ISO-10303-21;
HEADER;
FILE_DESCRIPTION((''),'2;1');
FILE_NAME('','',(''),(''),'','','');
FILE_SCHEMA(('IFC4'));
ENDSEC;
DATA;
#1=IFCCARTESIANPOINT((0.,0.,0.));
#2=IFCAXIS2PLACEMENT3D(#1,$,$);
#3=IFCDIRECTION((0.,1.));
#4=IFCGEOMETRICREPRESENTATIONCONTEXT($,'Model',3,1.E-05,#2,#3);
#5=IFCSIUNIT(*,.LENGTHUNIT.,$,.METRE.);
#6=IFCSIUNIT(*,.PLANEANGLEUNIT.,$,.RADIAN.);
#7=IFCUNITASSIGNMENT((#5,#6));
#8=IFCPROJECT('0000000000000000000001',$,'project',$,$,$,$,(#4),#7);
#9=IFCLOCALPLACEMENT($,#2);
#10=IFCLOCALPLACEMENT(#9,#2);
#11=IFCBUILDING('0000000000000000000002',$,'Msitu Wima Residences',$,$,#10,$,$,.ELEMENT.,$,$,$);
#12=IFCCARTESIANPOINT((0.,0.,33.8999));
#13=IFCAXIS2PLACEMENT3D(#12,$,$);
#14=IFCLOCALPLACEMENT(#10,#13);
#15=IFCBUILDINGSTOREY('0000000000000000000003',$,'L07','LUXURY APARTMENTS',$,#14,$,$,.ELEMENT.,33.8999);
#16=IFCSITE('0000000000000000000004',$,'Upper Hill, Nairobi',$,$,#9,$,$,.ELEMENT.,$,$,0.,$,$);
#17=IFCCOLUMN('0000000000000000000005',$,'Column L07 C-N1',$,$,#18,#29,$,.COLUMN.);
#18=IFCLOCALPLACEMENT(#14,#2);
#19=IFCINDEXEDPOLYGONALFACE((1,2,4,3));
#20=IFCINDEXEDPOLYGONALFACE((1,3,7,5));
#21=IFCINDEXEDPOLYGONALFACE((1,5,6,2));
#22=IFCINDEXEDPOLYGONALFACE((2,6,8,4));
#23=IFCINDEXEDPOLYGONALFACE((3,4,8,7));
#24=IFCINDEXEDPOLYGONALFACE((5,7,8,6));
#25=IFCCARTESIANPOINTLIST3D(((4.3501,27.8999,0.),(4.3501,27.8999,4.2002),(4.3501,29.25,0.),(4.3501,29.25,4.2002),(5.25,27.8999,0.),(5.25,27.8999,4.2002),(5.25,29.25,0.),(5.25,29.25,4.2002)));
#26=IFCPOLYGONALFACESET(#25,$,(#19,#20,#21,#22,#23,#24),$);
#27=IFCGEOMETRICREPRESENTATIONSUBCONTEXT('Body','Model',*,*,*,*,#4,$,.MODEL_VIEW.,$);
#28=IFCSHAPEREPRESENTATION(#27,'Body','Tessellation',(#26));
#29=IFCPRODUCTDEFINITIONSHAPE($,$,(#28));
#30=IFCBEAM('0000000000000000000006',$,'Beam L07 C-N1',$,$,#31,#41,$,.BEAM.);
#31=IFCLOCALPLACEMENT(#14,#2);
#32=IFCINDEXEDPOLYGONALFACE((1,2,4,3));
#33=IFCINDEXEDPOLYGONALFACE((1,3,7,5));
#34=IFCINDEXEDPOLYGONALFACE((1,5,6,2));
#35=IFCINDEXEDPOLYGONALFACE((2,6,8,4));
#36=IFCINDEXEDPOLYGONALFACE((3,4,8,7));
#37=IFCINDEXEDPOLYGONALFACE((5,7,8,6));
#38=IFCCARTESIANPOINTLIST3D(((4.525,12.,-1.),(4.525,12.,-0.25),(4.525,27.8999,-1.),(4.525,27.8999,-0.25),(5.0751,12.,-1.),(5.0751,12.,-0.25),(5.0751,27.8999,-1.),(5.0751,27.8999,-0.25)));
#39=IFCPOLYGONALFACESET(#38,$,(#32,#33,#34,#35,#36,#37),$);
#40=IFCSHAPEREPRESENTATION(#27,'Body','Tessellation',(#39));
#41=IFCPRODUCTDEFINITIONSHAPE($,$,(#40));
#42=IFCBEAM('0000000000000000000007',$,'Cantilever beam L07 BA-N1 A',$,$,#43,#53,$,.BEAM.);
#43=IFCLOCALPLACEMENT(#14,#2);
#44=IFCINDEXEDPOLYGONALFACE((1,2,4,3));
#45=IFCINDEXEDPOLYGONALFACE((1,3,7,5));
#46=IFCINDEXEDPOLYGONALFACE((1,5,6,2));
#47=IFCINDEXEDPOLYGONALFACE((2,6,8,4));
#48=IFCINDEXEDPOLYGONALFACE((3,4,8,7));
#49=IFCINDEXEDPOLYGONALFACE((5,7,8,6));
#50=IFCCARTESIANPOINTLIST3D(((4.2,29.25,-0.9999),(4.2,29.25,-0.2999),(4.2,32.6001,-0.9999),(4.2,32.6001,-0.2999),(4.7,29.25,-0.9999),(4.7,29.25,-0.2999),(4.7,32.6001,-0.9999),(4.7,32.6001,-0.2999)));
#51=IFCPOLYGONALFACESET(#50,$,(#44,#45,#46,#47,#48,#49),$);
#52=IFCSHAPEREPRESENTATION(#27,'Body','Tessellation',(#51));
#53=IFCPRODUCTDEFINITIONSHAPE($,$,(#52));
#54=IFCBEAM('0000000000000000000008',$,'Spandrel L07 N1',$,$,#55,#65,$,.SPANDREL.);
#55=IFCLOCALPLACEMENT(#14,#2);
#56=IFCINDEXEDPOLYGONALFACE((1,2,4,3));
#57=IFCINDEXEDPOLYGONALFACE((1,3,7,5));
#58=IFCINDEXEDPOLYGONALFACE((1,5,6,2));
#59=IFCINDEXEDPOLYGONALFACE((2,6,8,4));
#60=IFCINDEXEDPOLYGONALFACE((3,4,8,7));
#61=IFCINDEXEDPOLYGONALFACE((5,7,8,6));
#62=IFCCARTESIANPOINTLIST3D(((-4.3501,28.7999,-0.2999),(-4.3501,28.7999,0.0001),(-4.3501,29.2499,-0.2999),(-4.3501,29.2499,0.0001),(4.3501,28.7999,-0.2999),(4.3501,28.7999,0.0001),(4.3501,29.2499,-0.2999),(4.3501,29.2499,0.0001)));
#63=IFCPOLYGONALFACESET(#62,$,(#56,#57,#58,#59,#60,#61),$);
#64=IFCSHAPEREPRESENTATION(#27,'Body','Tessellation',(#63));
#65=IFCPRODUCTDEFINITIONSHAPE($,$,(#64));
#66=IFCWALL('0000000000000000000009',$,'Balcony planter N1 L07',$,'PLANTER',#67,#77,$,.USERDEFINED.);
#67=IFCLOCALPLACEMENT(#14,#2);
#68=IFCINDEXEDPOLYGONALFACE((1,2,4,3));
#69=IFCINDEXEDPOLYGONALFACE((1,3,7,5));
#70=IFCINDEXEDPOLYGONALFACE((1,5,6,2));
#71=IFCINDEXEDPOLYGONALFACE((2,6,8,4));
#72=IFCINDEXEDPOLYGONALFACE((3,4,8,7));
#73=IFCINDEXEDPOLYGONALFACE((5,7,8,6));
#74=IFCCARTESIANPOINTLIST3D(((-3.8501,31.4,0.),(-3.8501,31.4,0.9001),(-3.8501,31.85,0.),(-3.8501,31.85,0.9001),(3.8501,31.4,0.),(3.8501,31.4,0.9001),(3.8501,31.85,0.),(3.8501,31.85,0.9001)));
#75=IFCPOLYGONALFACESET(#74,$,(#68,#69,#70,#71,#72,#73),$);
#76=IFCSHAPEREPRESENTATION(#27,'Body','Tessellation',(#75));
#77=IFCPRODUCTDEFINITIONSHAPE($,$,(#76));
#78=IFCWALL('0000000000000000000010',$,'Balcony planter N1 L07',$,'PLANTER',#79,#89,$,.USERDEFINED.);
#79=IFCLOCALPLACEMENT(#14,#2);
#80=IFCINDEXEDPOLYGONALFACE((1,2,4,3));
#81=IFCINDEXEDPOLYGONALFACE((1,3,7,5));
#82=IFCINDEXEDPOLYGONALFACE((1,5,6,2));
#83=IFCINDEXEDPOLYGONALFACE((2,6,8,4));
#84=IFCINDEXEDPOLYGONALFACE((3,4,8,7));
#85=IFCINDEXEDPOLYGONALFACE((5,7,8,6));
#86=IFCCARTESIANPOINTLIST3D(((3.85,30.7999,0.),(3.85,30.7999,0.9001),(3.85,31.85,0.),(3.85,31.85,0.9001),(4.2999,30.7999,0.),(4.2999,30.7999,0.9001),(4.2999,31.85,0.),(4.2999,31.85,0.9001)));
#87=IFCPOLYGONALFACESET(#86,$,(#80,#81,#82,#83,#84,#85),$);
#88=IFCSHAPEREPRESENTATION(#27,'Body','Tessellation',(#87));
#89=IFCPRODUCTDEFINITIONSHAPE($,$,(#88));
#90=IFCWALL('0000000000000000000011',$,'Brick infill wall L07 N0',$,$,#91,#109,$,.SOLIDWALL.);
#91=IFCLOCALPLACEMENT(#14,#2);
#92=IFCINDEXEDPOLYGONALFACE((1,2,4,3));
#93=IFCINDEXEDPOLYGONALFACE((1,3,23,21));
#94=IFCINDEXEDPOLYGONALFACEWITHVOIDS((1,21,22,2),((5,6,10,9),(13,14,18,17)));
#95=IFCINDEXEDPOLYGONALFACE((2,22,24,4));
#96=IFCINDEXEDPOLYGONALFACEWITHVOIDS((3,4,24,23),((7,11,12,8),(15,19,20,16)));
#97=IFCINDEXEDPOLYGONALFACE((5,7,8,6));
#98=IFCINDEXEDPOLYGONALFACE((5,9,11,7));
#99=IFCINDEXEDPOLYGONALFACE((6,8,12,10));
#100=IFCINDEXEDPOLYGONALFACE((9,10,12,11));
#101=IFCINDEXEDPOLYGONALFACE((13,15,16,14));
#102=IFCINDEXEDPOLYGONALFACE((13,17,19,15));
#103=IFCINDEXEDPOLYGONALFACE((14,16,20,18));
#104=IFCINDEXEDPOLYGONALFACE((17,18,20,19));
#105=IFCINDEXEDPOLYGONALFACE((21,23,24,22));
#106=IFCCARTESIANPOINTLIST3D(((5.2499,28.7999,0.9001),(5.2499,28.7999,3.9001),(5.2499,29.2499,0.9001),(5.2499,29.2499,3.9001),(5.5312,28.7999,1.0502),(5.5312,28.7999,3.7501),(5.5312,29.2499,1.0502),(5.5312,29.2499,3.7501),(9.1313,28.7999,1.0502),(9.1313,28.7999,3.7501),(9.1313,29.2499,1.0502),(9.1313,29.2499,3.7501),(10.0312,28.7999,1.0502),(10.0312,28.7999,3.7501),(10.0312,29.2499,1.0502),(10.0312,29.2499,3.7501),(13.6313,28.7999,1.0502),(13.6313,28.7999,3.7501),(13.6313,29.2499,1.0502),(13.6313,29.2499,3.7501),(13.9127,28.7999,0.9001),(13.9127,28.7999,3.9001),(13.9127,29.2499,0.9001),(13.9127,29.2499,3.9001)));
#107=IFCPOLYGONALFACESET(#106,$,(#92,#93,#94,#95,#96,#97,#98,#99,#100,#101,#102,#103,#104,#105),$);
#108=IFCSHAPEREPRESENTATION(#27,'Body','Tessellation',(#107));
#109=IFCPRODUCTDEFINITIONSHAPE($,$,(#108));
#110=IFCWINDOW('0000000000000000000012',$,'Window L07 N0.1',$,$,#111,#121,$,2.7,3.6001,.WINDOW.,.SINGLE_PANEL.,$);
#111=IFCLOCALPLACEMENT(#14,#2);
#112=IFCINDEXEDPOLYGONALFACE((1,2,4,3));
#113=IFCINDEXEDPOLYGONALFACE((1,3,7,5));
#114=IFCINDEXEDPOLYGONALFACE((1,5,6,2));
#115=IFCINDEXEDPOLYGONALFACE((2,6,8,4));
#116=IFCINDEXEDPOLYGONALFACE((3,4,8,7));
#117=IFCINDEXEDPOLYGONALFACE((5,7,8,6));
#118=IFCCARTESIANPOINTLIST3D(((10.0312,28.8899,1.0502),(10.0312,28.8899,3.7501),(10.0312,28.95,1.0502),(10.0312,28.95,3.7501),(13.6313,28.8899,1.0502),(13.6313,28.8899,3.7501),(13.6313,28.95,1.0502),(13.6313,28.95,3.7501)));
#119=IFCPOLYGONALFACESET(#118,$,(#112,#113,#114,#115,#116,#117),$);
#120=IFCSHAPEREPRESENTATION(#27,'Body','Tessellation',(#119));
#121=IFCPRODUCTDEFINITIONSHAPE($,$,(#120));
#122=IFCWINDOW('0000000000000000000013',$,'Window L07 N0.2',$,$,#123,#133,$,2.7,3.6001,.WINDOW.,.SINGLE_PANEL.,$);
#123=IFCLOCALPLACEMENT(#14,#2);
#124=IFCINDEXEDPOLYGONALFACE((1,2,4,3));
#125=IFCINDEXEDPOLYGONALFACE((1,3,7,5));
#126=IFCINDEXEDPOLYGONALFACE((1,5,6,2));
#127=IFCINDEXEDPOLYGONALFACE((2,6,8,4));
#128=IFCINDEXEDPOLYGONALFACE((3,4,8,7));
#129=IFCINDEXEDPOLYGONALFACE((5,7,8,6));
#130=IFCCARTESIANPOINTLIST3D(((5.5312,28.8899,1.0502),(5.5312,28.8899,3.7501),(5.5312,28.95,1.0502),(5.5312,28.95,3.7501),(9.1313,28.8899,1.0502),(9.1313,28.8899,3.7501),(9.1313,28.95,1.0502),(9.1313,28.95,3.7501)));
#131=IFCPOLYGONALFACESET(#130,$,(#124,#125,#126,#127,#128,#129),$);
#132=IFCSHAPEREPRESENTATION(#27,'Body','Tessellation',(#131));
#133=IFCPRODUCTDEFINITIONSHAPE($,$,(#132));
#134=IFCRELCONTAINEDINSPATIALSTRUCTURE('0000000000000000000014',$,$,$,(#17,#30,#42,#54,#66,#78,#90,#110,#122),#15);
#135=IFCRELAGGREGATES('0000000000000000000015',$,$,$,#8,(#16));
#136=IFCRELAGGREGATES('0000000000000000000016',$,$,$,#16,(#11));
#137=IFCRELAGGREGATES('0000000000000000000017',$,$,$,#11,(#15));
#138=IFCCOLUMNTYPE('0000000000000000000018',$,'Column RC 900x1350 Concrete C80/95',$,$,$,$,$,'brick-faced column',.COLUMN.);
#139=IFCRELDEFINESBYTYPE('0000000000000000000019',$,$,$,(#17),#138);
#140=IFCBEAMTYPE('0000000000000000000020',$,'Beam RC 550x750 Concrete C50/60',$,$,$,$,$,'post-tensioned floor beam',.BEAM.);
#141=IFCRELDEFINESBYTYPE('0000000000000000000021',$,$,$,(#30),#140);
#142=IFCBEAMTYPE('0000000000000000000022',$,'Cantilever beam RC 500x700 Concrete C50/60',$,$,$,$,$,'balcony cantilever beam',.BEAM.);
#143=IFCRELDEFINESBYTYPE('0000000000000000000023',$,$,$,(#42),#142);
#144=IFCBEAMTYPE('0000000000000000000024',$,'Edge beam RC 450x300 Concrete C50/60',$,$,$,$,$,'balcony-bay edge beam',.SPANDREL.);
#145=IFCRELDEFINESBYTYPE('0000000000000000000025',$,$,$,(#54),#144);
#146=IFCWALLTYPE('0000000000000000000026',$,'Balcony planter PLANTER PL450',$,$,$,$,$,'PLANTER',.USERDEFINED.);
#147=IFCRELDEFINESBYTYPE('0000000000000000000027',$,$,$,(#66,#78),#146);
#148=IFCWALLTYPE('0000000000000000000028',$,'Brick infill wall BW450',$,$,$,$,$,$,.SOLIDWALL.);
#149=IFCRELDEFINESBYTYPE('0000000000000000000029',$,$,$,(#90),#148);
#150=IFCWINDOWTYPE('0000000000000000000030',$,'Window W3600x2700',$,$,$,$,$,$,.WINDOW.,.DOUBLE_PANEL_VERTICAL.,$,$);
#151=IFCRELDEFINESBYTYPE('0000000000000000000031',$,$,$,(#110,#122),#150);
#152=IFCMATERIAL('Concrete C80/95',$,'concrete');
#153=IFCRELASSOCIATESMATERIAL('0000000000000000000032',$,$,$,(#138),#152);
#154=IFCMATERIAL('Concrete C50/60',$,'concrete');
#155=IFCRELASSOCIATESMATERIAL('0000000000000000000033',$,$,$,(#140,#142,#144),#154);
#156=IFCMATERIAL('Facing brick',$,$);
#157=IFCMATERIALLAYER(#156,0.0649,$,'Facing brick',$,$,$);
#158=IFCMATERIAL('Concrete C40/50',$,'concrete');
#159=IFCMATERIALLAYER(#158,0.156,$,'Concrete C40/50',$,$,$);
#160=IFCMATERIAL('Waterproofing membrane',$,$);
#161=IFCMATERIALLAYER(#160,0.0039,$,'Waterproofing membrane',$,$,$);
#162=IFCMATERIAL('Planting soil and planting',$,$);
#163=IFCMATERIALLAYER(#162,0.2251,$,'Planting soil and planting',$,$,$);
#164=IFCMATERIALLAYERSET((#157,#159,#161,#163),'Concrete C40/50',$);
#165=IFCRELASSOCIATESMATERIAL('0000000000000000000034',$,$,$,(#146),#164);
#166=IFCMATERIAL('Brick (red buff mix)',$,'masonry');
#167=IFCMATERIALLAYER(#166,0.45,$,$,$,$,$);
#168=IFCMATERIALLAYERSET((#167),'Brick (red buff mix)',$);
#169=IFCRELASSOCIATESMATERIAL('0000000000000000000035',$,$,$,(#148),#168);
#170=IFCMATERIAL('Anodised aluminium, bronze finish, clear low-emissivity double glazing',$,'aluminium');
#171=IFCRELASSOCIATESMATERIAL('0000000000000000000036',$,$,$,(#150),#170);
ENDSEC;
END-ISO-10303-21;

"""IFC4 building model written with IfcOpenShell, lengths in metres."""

from ifc_helpers import new_model, si_unit, direction, frame, frame_2d, origin, origin_2d, place, context, subcontext, project, spatial, rectangle, extrude, material, layer, layer_set, material_profile, profile_set, type_object, element, fill, save


model = new_model("IFC4")

# Units and contexts
model_context = context("Model", 3, precision=1e-05, world=origin(), true_north=direction((0.0, 1.0)))
body_context = subcontext(model_context, "Body", "Model", "MODEL_VIEW")
ifc_project = project(units=[si_unit("LENGTHUNIT", "METRE"), si_unit("PLANEANGLEUNIT", "RADIAN")], contexts=[model_context])

# Site, building, storey
site_placement = place(None, origin())
site = spatial("IfcSite", under=ifc_project, at=site_placement, Name="Upper Hill, Nairobi", CompositionType="ELEMENT", RefElevation=0.0)
building_placement = place(site_placement, origin())
building = spatial("IfcBuilding", under=site, at=building_placement, Name="Msitu Wima Residences", CompositionType="ELEMENT")
storey_placement = place(building_placement, frame((0.0, 0.0, 33.8999)))
storey = spatial("IfcBuildingStorey", under=building, at=storey_placement, Name="L07", Description="LUXURY APARTMENTS", CompositionType="ELEMENT", Elevation=33.8999)

# Column
ifc_material_1 = material(Name="Concrete C80/95", Category="concrete")
ifc_material_profile_1 = material_profile(ifc_material_1, rectangle(XDim=0.8999, YDim=1.3501, at=origin_2d()), Name="RC 900x1350")
ifc_profile_set_1 = profile_set([ifc_material_profile_1], Name="Concrete C80/95")
column_type = type_object("IfcColumnType", Name="Column RC 900x1350 Concrete C80/95", ElementType="brick-faced column", PredefinedType="COLUMN", material=ifc_profile_set_1)
column_placement = place(storey_placement, frame((4.8, 28.575, 0.0), z_axis=(0.0, 0.0, 1.0), x_axis=(-1.0, 0.0, 0.0)))
element("IfcColumn", 1, at=column_placement, inside=storey, type_object=column_type, Name="Column L07 C-N1", PredefinedType="COLUMN", context=body_context, shape_type="SweptSolid", body=[
    extrude(rectangle(XDim=0.8999, YDim=1.3501, at=origin_2d()), origin(), (0.0, 0.0, 1.0), 4.2002),
])

# Beams
ifc_material_2 = material(Name="Concrete C50/60", Category="concrete")
ifc_material_profile_2 = material_profile(ifc_material_2, rectangle(XDim=0.55, YDim=0.75, at=origin_2d()), Name="RC 550x750")
ifc_profile_set_2 = profile_set([ifc_material_profile_2], Name="Concrete C50/60")
beam_type_1 = type_object("IfcBeamType", Name="Beam RC 550x750 Concrete C50/60", ElementType="post-tensioned floor beam", PredefinedType="BEAM", material=ifc_profile_set_2)
beam_1_placement = place(storey_placement, frame((4.8, 27.8999, -0.625), z_axis=(0.0, -1.0, 0.0), x_axis=(1.0, 0.0, 0.0)))
element("IfcBeam", 2, at=beam_1_placement, inside=storey, type_object=beam_type_1, Name="Beam L07 C-N1", PredefinedType="BEAM", context=body_context, shape_type="SweptSolid", body=[
    extrude(rectangle(XDim=0.55, YDim=0.75, at=origin_2d()), origin(), (0.0, 0.0, 1.0), 15.8999),
])
ifc_material_profile_3 = material_profile(ifc_material_2, rectangle(XDim=0.5, YDim=0.7, at=origin_2d()), Name="RC 500x700")
ifc_profile_set_3 = profile_set([ifc_material_profile_3], Name="Concrete C50/60")
beam_type_2 = type_object("IfcBeamType", Name="Cantilever beam RC 500x700 Concrete C50/60", ElementType="balcony cantilever beam", PredefinedType="BEAM", material=ifc_profile_set_3)
beam_2_placement = place(storey_placement, frame((4.45, 29.25, -0.6499), z_axis=(0.0, 1.0, 0.0), x_axis=(-1.0, 0.0, 0.0)))
element("IfcBeam", 3, at=beam_2_placement, inside=storey, type_object=beam_type_2, Name="Cantilever beam L07 BA-N1 A", PredefinedType="BEAM", context=body_context, shape_type="SweptSolid", body=[
    extrude(rectangle(XDim=0.5, YDim=0.7, at=origin_2d()), origin(), (0.0, 0.0, 1.0), 3.3501),
])
ifc_material_profile_4 = material_profile(ifc_material_2, rectangle(XDim=0.45, YDim=0.3, at=origin_2d()), Name="RC 450x300")
ifc_profile_set_4 = profile_set([ifc_material_profile_4], Name="Concrete C50/60")
beam_type_3 = type_object("IfcBeamType", Name="Edge beam RC 450x300 Concrete C50/60", ElementType="balcony-bay edge beam", PredefinedType="SPANDREL", material=ifc_profile_set_4)
beam_3_placement = place(storey_placement, frame((4.3501, 29.0249, -0.1499), z_axis=(-1.0, 0.0, 0.0), x_axis=(0.0, -1.0, 0.0)))
element("IfcBeam", 4, at=beam_3_placement, inside=storey, type_object=beam_type_3, Name="Spandrel L07 N1", PredefinedType="SPANDREL", context=body_context, shape_type="SweptSolid", body=[
    extrude(rectangle(XDim=0.45, YDim=0.3, at=origin_2d()), origin(), (0.0, 0.0, 1.0), 8.7002),
])

# Walls
ifc_material_3 = material(Name="Facing brick")
ifc_layer_1 = layer(ifc_material_3, 0.0649, Name="Facing brick")
ifc_material_4 = material(Name="Concrete C40/50", Category="concrete")
ifc_layer_2 = layer(ifc_material_4, 0.156, Name="Concrete C40/50")
ifc_material_5 = material(Name="Waterproofing membrane")
ifc_layer_3 = layer(ifc_material_5, 0.0039, Name="Waterproofing membrane")
ifc_material_6 = material(Name="Planting soil and planting")
ifc_layer_4 = layer(ifc_material_6, 0.2251, Name="Planting soil and planting")
ifc_layer_set_1 = layer_set([ifc_layer_1, ifc_layer_2, ifc_layer_3, ifc_layer_4], Name="Concrete C40/50")
wall_type_1 = type_object("IfcWallType", Name="Balcony planter PLANTER PL450", ElementType="PLANTER", PredefinedType="USERDEFINED", material=ifc_layer_set_1)
wall_1_placement = place(storey_placement, frame((3.8501, 31.625, 0.0), z_axis=(0.0, 0.0, 1.0), x_axis=(-1.0, 0.0, 0.0)))
element("IfcWall", 5, at=wall_1_placement, inside=storey, type_object=wall_type_1, Name="Balcony planter N1 L07", ObjectType="PLANTER", PredefinedType="USERDEFINED", context=body_context, shape_type="SweptSolid", body=[
    extrude(rectangle(XDim=7.7002, YDim=0.45, at=frame_2d((3.8501, 0.0))), origin(), (0.0, 0.0, 1.0), 0.9001),
])
wall_2_placement = place(storey_placement, frame((4.075, 30.8, 0.0), z_axis=(0.0, 0.0, 1.0), x_axis=(0.0, 1.0, 0.0)))
element("IfcWall", 6, at=wall_2_placement, inside=storey, type_object=wall_type_1, Name="Balcony planter N1 L07", ObjectType="PLANTER", PredefinedType="USERDEFINED", context=body_context, shape_type="SweptSolid", body=[
    extrude(rectangle(XDim=1.05, YDim=0.45, at=frame_2d((0.5249, 0.0))), origin(), (0.0, 0.0, 1.0), 0.9001),
])

# Wall, openings, windows
ifc_material_7 = material(Name="Brick (red buff mix)", Category="masonry")
ifc_layer_5 = layer(ifc_material_7, 0.45)
ifc_layer_set_2 = layer_set([ifc_layer_5], Name="Brick (red buff mix)")
wall_type_2 = type_object("IfcWallType", Name="Brick infill wall BW450", PredefinedType="SOLIDWALL", material=ifc_layer_set_2)
wall_3_placement = place(storey_placement, frame((13.9128, 29.0249, 0.9001), z_axis=(0.0, 0.0, 1.0), x_axis=(-1.0, 0.0, 0.0)))
wall_3 = element("IfcWall", 7, at=wall_3_placement, inside=storey, type_object=wall_type_2, Name="Brick infill wall L07 N0", PredefinedType="SOLIDWALL", context=body_context, shape_type="SweptSolid", body=[
    extrude(rectangle(XDim=8.6628, YDim=0.45, at=frame_2d((4.3315, 0.0))), origin(), (0.0, 0.0, 1.0), 3.0),
])
opening_1_placement = place(wall_3_placement, frame((0.2815, 0.0, 0.1499)))
opening_1 = element("IfcOpeningElement", 8, at=opening_1_placement, cuts=wall_3, PredefinedType="OPENING", context=body_context, shape_type="SweptSolid", body=[
    extrude(rectangle(XDim=3.6001, YDim=2.7, at=frame_2d((1.8, 1.3501))), frame((0.0, 0.2349, 0.0), z_axis=(0.0, -1.0, 0.0), x_axis=(1.0, 0.0, 0.0)), (0.0, 0.0, 1.0), 0.47),
])
opening_2_placement = place(wall_3_placement, frame((4.7815, 0.0, 0.1499)))
opening_2 = element("IfcOpeningElement", 9, at=opening_2_placement, cuts=wall_3, PredefinedType="OPENING", context=body_context, shape_type="SweptSolid", body=[
    extrude(rectangle(XDim=3.6001, YDim=2.7, at=frame_2d((1.8, 1.3501))), frame((0.0, 0.2349, 0.0), z_axis=(0.0, -1.0, 0.0), x_axis=(1.0, 0.0, 0.0)), (0.0, 0.0, 1.0), 0.47),
])
ifc_material_8 = material(Name="Anodised aluminium, bronze finish, clear low-emissivity double glazing", Category="aluminium")
window_type = type_object("IfcWindowType", Name="Window W3600x2700", PartitioningType="DOUBLE_PANEL_VERTICAL", PredefinedType="WINDOW", material=ifc_material_8)
window_1_placement = place(opening_1_placement, origin())
window_1 = element("IfcWindow", 10, at=window_1_placement, inside=storey, type_object=window_type, Name="Window L07 N0.1", OverallHeight=2.7, OverallWidth=3.6001, PartitioningType="SINGLE_PANEL", PredefinedType="WINDOW", context=body_context, shape_type="SweptSolid", body=[
    extrude(rectangle(XDim=3.6001, YDim=2.7, at=frame_2d((1.8, 1.3501))), frame((0.0, 0.135, 0.0), z_axis=(0.0, -1.0, 0.0), x_axis=(1.0, 0.0, 0.0)), (0.0, 0.0, 1.0), 0.0601),
])
fill(opening_1, window_1)
window_2_placement = place(opening_2_placement, origin())
window_2 = element("IfcWindow", 11, at=window_2_placement, inside=storey, type_object=window_type, Name="Window L07 N0.2", OverallHeight=2.7, OverallWidth=3.6001, PartitioningType="SINGLE_PANEL", PredefinedType="WINDOW", context=body_context, shape_type="SweptSolid", body=[
    extrude(rectangle(XDim=3.6001, YDim=2.7, at=frame_2d((1.8, 1.3501))), frame((0.0, 0.135, 0.0), z_axis=(0.0, -1.0, 0.0), x_axis=(1.0, 0.0, 0.0)), (0.0, 0.0, 1.0), 0.0601),
])
fill(opening_2, window_2)

save(model, "model.ifc")
